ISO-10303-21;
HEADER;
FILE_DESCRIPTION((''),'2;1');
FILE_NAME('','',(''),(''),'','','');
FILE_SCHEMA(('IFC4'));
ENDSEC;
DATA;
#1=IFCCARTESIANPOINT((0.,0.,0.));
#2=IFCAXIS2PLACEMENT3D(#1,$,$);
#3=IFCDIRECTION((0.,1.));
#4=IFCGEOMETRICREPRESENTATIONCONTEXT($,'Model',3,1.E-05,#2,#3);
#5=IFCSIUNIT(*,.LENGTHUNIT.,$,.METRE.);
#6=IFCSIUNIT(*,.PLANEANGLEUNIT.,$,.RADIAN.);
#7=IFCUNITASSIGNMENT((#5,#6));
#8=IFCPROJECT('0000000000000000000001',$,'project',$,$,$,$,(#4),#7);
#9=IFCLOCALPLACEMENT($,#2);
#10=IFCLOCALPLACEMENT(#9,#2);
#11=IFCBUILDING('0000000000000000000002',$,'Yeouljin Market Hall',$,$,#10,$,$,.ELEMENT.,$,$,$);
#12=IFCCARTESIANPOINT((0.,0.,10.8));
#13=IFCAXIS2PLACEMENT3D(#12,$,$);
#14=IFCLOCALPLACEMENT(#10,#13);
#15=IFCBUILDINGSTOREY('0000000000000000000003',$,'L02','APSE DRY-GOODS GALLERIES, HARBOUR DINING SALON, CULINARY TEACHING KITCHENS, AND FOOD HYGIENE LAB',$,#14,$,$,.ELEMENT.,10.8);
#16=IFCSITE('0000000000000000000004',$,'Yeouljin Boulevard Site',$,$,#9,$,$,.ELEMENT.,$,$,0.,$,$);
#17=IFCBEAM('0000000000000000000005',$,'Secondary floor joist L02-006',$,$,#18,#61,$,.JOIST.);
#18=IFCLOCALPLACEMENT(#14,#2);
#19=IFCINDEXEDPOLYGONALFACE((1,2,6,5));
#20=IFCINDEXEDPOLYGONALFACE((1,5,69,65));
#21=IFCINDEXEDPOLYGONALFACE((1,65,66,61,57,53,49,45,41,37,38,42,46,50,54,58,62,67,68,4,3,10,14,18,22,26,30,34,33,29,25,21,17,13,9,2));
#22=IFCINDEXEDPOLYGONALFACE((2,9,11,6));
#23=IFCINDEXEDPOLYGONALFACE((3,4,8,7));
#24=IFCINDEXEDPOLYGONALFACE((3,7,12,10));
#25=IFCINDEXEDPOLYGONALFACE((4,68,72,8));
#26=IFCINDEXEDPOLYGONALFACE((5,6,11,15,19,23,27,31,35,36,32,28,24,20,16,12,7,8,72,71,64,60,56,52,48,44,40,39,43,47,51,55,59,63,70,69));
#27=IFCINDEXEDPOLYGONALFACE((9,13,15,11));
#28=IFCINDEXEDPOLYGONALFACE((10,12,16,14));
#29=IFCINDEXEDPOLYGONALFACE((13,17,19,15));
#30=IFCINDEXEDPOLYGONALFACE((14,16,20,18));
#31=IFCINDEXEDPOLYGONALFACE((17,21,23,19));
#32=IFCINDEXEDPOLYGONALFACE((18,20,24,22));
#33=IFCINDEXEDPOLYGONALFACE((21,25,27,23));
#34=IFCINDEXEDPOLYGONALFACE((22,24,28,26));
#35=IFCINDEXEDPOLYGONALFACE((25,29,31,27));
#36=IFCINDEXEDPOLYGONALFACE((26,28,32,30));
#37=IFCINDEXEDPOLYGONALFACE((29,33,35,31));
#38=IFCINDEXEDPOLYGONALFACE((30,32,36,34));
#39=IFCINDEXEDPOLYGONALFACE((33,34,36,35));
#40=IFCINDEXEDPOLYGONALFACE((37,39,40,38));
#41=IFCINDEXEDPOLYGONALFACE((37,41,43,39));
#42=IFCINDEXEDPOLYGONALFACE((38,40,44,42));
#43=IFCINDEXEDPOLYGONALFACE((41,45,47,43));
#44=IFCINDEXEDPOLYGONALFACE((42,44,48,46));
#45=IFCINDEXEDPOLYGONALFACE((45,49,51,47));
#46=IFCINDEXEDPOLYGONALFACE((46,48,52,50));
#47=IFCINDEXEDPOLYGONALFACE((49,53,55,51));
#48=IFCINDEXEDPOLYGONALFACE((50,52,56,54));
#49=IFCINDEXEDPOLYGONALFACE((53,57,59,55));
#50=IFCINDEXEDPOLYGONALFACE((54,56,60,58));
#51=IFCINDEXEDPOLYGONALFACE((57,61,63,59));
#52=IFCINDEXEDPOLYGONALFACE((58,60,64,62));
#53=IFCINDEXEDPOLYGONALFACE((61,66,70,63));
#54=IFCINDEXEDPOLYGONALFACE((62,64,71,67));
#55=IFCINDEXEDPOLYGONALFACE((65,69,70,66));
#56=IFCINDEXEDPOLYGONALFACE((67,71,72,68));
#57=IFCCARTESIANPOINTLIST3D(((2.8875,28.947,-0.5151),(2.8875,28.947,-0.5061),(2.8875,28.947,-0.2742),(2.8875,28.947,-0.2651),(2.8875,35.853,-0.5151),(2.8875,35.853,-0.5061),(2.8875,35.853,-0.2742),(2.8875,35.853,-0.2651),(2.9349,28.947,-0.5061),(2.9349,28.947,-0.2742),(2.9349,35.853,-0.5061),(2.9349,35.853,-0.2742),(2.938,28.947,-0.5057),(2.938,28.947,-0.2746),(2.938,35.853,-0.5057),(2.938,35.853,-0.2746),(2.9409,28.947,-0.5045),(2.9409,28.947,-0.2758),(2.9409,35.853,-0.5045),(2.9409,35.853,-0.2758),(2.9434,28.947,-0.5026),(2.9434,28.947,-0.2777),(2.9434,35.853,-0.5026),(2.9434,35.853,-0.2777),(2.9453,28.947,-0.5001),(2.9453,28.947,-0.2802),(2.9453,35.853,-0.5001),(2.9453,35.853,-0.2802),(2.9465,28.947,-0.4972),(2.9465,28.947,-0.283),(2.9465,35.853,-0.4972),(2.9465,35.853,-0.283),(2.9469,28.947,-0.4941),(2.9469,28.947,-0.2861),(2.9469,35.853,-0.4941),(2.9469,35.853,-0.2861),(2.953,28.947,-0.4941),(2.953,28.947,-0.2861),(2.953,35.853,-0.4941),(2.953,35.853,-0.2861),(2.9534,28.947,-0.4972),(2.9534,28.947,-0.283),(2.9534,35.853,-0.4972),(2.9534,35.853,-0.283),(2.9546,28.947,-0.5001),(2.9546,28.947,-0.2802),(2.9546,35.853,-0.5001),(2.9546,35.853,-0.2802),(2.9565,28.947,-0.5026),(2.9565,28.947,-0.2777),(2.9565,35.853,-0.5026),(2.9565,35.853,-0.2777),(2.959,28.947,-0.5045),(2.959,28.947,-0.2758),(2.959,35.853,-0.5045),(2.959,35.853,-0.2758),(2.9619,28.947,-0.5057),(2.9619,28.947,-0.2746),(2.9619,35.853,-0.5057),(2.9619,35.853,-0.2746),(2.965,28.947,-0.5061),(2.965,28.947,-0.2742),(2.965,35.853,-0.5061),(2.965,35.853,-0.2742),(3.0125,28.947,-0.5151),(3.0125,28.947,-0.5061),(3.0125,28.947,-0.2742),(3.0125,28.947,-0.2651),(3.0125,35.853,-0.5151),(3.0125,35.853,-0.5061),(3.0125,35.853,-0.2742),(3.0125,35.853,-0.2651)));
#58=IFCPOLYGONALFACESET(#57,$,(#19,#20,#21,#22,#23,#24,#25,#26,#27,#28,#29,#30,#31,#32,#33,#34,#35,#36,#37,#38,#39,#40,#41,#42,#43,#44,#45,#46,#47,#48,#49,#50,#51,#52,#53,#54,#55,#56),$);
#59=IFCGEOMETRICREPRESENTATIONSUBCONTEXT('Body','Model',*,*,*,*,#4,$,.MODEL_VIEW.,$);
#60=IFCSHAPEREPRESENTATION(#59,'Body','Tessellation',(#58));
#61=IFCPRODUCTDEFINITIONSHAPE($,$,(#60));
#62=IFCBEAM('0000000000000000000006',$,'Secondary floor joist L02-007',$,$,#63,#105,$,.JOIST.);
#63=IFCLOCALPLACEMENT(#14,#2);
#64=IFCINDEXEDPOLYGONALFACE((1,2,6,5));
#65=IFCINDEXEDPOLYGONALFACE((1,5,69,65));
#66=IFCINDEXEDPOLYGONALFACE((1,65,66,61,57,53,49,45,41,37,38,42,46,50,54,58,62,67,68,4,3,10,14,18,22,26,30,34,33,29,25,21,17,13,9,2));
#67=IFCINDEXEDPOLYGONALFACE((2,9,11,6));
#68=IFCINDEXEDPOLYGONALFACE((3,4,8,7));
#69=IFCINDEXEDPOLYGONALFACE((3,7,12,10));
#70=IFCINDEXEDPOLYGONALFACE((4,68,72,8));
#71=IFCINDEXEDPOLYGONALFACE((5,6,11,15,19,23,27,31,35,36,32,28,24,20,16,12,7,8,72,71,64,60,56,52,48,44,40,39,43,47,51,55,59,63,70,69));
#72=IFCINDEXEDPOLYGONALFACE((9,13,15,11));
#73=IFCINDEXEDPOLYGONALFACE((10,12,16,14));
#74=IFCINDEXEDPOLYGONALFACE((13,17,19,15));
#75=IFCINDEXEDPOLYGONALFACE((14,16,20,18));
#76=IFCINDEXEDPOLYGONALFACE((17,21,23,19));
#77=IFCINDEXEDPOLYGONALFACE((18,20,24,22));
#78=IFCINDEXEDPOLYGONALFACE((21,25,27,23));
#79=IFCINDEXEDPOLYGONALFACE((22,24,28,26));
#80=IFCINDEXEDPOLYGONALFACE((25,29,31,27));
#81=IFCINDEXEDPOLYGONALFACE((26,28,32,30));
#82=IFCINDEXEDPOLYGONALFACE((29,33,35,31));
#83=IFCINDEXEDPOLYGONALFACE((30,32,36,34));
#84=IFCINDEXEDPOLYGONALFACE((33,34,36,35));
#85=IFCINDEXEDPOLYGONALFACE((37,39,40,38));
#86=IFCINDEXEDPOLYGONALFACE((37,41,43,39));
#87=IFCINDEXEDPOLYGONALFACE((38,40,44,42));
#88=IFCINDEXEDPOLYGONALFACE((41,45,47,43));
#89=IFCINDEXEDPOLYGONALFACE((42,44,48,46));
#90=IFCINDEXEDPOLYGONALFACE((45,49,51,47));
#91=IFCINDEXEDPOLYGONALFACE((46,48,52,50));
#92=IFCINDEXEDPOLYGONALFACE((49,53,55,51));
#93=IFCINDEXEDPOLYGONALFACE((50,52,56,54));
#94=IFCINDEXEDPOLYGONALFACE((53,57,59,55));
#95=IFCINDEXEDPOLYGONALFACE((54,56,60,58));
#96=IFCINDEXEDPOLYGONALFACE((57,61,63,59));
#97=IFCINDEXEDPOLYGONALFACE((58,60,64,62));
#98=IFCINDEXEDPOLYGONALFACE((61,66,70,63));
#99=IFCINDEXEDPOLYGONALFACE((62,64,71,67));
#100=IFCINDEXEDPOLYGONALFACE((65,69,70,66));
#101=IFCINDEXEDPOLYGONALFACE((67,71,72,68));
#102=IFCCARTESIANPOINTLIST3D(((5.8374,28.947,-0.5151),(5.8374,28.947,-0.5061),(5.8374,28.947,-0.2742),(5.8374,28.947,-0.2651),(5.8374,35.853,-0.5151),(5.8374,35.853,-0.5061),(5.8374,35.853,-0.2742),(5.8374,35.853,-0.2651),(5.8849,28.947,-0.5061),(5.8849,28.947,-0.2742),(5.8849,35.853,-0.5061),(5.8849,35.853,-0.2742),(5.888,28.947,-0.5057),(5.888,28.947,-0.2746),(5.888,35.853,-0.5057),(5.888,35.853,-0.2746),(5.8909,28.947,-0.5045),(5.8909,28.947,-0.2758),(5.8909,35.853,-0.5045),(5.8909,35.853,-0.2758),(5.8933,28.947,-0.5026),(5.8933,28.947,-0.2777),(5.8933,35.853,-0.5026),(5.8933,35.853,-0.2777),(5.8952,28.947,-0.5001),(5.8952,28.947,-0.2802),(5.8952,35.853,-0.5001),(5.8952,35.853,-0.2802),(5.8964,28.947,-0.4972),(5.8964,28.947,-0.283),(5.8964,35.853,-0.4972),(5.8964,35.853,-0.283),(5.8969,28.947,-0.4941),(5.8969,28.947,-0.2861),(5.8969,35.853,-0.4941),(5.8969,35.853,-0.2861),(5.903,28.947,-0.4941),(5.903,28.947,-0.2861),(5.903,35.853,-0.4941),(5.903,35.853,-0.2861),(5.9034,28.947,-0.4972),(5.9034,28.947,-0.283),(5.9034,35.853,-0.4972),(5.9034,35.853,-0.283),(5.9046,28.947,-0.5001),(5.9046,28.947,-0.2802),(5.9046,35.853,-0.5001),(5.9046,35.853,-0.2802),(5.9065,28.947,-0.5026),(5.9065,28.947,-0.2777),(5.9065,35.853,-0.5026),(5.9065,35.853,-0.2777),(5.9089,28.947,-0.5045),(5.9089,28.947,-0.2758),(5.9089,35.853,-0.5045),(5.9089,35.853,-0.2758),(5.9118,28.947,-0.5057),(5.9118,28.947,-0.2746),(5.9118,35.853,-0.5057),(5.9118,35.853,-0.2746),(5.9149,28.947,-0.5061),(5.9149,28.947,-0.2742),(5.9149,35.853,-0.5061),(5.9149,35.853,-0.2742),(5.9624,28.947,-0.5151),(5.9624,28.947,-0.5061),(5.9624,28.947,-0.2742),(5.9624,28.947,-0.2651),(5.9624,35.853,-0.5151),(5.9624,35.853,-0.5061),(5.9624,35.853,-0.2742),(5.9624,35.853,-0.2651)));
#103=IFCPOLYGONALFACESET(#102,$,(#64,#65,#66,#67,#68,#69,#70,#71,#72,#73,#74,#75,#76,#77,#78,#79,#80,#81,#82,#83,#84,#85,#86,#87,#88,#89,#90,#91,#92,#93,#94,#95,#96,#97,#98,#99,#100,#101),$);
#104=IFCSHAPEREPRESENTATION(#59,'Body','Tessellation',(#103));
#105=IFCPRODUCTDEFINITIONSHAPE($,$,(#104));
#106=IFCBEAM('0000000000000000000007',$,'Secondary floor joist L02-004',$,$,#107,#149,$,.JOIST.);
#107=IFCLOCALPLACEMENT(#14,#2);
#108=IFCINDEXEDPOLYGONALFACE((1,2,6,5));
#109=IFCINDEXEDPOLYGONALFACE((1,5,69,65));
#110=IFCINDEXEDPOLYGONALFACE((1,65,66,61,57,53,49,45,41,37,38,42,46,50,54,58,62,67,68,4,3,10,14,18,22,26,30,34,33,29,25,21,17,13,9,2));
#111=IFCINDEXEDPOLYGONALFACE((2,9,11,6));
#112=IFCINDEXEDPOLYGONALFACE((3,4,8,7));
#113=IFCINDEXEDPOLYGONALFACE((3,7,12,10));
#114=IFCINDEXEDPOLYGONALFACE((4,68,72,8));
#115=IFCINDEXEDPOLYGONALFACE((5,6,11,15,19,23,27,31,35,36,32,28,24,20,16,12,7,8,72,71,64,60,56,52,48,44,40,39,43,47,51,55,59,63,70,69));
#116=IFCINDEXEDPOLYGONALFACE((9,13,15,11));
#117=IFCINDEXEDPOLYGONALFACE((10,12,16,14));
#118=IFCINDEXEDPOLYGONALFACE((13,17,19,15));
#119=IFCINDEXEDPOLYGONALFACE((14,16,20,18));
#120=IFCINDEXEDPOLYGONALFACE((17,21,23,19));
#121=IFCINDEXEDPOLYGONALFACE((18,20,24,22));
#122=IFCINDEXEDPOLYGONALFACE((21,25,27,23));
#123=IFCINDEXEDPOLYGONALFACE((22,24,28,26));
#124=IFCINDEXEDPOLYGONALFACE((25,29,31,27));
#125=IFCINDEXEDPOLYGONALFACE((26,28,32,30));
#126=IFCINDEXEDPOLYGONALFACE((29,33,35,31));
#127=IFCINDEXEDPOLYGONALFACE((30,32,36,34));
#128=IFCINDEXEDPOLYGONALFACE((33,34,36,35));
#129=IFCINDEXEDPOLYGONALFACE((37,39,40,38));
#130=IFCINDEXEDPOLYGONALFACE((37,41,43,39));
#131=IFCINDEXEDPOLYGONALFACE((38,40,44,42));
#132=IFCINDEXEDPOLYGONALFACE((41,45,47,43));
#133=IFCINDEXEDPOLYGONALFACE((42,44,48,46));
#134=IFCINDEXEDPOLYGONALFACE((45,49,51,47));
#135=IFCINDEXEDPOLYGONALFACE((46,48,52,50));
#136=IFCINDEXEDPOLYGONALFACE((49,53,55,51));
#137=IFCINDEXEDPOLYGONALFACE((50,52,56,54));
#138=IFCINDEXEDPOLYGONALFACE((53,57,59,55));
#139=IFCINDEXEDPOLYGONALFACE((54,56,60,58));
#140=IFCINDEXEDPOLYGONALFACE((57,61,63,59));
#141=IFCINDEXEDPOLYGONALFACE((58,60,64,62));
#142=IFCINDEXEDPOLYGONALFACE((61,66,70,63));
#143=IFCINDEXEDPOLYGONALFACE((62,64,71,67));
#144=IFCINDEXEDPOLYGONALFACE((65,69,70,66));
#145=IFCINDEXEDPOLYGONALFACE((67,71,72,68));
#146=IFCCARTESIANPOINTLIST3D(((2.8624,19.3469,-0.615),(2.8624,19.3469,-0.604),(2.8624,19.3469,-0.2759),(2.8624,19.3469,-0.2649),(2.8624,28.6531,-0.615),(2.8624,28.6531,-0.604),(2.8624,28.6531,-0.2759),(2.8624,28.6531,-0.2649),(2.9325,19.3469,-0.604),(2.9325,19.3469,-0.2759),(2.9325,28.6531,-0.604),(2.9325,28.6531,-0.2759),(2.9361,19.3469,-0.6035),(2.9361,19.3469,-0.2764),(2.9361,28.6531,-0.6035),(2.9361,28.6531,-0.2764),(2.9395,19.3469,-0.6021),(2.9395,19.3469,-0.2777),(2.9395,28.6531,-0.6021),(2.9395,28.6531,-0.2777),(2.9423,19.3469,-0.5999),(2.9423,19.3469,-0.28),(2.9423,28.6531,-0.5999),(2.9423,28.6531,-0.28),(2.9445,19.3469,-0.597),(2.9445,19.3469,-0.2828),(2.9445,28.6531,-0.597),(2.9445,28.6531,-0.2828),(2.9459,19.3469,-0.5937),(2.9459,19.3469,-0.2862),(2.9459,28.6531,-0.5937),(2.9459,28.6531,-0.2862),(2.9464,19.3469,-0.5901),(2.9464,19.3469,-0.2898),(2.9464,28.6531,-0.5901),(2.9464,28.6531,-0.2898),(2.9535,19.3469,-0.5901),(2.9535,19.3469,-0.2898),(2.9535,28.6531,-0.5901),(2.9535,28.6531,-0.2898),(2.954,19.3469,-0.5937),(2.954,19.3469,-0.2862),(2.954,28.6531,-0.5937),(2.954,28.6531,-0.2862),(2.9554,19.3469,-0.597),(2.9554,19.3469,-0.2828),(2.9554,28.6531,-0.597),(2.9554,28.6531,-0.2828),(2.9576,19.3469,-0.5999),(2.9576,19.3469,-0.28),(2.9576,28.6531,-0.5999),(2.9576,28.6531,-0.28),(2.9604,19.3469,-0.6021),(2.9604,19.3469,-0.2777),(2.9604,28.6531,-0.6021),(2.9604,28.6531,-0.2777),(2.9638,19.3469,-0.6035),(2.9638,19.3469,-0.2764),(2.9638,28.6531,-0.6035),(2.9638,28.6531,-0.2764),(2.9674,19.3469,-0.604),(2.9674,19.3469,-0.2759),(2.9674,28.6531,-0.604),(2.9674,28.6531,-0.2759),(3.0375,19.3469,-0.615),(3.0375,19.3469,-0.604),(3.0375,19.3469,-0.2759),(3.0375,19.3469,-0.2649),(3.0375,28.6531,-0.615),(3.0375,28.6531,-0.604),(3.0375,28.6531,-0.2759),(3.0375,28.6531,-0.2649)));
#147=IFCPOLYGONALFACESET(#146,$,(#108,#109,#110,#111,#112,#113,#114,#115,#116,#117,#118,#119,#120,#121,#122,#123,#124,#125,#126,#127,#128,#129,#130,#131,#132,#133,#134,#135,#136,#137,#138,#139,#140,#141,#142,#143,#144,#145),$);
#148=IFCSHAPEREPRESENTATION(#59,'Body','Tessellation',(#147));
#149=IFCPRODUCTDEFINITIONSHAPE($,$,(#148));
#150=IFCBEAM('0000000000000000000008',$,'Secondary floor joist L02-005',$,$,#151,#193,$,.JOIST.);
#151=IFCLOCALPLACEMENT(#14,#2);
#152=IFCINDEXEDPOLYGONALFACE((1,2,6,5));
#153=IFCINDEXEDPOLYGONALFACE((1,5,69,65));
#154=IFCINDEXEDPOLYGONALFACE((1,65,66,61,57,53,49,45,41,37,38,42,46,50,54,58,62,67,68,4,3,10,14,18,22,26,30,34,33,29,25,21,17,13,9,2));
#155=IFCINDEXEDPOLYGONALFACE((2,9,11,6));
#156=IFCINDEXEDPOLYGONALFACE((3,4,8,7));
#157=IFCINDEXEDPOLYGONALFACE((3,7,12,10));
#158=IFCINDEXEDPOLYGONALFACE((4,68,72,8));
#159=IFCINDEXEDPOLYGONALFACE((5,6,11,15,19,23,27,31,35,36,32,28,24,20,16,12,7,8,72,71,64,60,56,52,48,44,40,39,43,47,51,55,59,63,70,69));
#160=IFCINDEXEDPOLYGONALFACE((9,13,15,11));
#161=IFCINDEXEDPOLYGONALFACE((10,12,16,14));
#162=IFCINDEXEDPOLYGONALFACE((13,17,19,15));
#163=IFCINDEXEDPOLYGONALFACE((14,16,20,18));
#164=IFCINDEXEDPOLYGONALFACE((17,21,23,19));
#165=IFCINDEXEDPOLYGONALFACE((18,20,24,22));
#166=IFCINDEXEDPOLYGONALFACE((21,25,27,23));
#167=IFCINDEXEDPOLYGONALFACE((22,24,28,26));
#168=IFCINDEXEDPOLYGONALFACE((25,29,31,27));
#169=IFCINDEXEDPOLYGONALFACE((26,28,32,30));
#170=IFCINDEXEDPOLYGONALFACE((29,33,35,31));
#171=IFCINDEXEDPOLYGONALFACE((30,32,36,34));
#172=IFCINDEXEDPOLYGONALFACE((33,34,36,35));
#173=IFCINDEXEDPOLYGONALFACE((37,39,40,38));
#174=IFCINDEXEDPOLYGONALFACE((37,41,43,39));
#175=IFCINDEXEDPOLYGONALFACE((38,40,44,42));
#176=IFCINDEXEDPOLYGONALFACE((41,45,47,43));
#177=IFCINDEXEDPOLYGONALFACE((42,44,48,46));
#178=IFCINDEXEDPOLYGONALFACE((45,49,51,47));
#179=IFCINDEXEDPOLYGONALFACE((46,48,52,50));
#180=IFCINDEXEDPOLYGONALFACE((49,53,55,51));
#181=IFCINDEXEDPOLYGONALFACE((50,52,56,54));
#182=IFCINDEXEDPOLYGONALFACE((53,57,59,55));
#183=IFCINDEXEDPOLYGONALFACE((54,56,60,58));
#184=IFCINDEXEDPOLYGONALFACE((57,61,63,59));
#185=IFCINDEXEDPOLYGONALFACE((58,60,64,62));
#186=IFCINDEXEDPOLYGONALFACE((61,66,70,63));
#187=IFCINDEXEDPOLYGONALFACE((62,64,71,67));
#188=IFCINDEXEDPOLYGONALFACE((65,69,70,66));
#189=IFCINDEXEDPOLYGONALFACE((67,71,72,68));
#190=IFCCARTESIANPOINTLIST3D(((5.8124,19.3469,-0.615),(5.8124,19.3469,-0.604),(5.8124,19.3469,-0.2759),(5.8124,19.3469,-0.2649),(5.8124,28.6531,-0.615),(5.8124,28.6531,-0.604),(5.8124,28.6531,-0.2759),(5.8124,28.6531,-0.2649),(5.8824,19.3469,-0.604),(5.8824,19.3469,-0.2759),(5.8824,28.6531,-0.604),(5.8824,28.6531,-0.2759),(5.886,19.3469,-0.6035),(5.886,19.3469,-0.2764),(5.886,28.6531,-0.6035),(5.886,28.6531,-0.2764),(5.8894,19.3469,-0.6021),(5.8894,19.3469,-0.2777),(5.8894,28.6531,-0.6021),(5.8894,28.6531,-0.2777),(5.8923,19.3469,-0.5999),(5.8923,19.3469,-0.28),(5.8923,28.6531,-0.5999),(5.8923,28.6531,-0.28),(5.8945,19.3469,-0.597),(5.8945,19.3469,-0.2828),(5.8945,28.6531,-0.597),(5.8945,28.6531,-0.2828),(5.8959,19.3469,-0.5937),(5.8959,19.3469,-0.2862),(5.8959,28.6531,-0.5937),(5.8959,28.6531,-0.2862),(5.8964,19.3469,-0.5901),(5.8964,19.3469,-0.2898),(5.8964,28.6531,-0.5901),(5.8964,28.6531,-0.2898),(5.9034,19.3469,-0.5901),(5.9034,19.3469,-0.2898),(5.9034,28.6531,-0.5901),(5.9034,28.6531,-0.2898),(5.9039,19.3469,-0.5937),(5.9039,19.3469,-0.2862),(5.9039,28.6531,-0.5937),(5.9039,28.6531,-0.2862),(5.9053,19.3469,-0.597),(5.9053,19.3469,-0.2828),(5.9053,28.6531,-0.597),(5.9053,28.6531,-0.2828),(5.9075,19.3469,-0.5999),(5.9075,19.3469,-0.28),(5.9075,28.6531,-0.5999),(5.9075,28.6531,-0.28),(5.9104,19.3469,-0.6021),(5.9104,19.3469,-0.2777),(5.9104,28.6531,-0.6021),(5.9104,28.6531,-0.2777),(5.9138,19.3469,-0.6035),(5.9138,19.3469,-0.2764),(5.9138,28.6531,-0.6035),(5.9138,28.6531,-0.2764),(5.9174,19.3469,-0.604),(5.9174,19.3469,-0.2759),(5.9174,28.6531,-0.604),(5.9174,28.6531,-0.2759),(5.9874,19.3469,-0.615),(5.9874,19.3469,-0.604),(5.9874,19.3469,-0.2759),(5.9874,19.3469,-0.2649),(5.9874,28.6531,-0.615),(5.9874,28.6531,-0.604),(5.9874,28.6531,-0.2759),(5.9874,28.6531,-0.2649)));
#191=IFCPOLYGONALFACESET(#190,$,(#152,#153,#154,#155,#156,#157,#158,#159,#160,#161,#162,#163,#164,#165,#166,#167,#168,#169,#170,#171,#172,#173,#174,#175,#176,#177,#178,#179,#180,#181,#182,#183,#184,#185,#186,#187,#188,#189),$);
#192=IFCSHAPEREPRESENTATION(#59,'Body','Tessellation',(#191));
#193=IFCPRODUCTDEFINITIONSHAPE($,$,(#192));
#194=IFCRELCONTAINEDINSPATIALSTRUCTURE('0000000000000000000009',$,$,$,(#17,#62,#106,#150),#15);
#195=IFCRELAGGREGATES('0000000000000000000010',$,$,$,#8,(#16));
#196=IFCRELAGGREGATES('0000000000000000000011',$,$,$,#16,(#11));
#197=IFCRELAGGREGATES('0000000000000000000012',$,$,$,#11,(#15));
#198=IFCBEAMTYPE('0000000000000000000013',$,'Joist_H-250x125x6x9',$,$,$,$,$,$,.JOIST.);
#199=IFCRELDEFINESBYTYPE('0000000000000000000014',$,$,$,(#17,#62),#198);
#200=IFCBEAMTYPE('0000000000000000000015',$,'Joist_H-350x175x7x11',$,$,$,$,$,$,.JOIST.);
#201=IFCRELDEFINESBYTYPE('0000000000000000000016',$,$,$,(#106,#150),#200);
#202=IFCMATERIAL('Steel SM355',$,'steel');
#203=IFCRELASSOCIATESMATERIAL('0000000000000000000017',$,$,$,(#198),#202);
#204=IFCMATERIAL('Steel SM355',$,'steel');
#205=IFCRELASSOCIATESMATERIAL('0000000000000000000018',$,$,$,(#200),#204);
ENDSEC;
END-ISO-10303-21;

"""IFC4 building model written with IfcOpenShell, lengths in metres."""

from ifc_helpers import new_model, si_unit, direction, frame, origin, origin_2d, place, context, subcontext, project, spatial, i_section, extrude, material, material_profile, profile_set, type_object, element, save


model = new_model("IFC4")

# Units and contexts
model_context = context("Model", 3, precision=1e-05, world=origin(), true_north=direction((0.0, 1.0)))
body_context = subcontext(model_context, "Body", "Model", "MODEL_VIEW")
ifc_project = project(units=[si_unit("LENGTHUNIT", "METRE"), si_unit("PLANEANGLEUNIT", "RADIAN")], contexts=[model_context])

# Site, building, storey
site_placement = place(None, origin())
site = spatial("IfcSite", under=ifc_project, at=site_placement, Name="Yeouljin Boulevard Site", CompositionType="ELEMENT", RefElevation=0.0)
building_placement = place(site_placement, origin())
building = spatial("IfcBuilding", under=site, at=building_placement, Name="Yeouljin Market Hall", CompositionType="ELEMENT")
storey_placement = place(building_placement, frame((0.0, 0.0, 10.8)))
storey = spatial("IfcBuildingStorey", under=building, at=storey_placement, Name="L02", Description="APSE DRY-GOODS GALLERIES, HARBOUR DINING SALON, CULINARY TEACHING KITCHENS, AND FOOD HYGIENE LAB", CompositionType="ELEMENT", Elevation=10.8)

# Beams
ifc_material_1 = material(Name="Steel SM355", Category="steel")
ifc_material_profile_1 = material_profile(ifc_material_1, i_section(OverallWidth=0.125, OverallDepth=0.25, WebThickness=0.0061, FlangeThickness=0.009, FilletRadius=0.012, at=origin_2d()), Name="H-250x125x6x9")
ifc_profile_set_1 = profile_set([ifc_material_profile_1], Name="Steel SM355")
beam_type_1 = type_object("IfcBeamType", Name="Joist_H-250x125x6x9", PredefinedType="JOIST", material=ifc_profile_set_1)
for number, where, z_axis, x_axis, name in (
    (1, (2.95, 28.947, -0.3901), (0.0, 1.0, 0.0), (-1.0, 0.0, 0.0), "Secondary floor joist L02-006"),
    (2, (5.8999, 28.947, -0.3901), (0.0, 1.0, 0.0), (-1.0, 0.0, 0.0), "Secondary floor joist L02-007"),
):
    element("IfcBeam", number, at=place(storey_placement, frame(where, z_axis=z_axis, x_axis=x_axis)), inside=storey, type_object=beam_type_1, Name=name, PredefinedType="JOIST", context=body_context, shape_type="SweptSolid", body=[
        extrude(i_section(OverallWidth=0.125, OverallDepth=0.25, WebThickness=0.0061, FlangeThickness=0.009, FilletRadius=0.012, at=origin_2d()), origin(), (0.0, 0.0, 1.0), 6.906),
    ])
ifc_material_2 = material(Name="Steel SM355", Category="steel")
ifc_material_profile_2 = material_profile(ifc_material_2, i_section(OverallWidth=0.175, OverallDepth=0.3501, WebThickness=0.0071, FlangeThickness=0.011, FilletRadius=0.0139, at=origin_2d()), Name="H-350x175x7x11")
ifc_profile_set_2 = profile_set([ifc_material_profile_2], Name="Steel SM355")
beam_type_2 = type_object("IfcBeamType", Name="Joist_H-350x175x7x11", PredefinedType="JOIST", material=ifc_profile_set_2)
for number, where, z_axis, x_axis, name in (
    (3, (2.95, 19.3469, -0.4399), (0.0, 1.0, 0.0), (-1.0, 0.0, 0.0), "Secondary floor joist L02-004"),
    (4, (5.8999, 19.3469, -0.4399), (0.0, 1.0, 0.0), (-1.0, 0.0, 0.0), "Secondary floor joist L02-005"),
):
    element("IfcBeam", number, at=place(storey_placement, frame(where, z_axis=z_axis, x_axis=x_axis)), inside=storey, type_object=beam_type_2, Name=name, PredefinedType="JOIST", context=body_context, shape_type="SweptSolid", body=[
        extrude(i_section(OverallWidth=0.175, OverallDepth=0.3501, WebThickness=0.0071, FlangeThickness=0.011, FilletRadius=0.0139, at=origin_2d()), origin(), (0.0, 0.0, 1.0), 9.3062),
    ])

save(model, "model.ifc")
